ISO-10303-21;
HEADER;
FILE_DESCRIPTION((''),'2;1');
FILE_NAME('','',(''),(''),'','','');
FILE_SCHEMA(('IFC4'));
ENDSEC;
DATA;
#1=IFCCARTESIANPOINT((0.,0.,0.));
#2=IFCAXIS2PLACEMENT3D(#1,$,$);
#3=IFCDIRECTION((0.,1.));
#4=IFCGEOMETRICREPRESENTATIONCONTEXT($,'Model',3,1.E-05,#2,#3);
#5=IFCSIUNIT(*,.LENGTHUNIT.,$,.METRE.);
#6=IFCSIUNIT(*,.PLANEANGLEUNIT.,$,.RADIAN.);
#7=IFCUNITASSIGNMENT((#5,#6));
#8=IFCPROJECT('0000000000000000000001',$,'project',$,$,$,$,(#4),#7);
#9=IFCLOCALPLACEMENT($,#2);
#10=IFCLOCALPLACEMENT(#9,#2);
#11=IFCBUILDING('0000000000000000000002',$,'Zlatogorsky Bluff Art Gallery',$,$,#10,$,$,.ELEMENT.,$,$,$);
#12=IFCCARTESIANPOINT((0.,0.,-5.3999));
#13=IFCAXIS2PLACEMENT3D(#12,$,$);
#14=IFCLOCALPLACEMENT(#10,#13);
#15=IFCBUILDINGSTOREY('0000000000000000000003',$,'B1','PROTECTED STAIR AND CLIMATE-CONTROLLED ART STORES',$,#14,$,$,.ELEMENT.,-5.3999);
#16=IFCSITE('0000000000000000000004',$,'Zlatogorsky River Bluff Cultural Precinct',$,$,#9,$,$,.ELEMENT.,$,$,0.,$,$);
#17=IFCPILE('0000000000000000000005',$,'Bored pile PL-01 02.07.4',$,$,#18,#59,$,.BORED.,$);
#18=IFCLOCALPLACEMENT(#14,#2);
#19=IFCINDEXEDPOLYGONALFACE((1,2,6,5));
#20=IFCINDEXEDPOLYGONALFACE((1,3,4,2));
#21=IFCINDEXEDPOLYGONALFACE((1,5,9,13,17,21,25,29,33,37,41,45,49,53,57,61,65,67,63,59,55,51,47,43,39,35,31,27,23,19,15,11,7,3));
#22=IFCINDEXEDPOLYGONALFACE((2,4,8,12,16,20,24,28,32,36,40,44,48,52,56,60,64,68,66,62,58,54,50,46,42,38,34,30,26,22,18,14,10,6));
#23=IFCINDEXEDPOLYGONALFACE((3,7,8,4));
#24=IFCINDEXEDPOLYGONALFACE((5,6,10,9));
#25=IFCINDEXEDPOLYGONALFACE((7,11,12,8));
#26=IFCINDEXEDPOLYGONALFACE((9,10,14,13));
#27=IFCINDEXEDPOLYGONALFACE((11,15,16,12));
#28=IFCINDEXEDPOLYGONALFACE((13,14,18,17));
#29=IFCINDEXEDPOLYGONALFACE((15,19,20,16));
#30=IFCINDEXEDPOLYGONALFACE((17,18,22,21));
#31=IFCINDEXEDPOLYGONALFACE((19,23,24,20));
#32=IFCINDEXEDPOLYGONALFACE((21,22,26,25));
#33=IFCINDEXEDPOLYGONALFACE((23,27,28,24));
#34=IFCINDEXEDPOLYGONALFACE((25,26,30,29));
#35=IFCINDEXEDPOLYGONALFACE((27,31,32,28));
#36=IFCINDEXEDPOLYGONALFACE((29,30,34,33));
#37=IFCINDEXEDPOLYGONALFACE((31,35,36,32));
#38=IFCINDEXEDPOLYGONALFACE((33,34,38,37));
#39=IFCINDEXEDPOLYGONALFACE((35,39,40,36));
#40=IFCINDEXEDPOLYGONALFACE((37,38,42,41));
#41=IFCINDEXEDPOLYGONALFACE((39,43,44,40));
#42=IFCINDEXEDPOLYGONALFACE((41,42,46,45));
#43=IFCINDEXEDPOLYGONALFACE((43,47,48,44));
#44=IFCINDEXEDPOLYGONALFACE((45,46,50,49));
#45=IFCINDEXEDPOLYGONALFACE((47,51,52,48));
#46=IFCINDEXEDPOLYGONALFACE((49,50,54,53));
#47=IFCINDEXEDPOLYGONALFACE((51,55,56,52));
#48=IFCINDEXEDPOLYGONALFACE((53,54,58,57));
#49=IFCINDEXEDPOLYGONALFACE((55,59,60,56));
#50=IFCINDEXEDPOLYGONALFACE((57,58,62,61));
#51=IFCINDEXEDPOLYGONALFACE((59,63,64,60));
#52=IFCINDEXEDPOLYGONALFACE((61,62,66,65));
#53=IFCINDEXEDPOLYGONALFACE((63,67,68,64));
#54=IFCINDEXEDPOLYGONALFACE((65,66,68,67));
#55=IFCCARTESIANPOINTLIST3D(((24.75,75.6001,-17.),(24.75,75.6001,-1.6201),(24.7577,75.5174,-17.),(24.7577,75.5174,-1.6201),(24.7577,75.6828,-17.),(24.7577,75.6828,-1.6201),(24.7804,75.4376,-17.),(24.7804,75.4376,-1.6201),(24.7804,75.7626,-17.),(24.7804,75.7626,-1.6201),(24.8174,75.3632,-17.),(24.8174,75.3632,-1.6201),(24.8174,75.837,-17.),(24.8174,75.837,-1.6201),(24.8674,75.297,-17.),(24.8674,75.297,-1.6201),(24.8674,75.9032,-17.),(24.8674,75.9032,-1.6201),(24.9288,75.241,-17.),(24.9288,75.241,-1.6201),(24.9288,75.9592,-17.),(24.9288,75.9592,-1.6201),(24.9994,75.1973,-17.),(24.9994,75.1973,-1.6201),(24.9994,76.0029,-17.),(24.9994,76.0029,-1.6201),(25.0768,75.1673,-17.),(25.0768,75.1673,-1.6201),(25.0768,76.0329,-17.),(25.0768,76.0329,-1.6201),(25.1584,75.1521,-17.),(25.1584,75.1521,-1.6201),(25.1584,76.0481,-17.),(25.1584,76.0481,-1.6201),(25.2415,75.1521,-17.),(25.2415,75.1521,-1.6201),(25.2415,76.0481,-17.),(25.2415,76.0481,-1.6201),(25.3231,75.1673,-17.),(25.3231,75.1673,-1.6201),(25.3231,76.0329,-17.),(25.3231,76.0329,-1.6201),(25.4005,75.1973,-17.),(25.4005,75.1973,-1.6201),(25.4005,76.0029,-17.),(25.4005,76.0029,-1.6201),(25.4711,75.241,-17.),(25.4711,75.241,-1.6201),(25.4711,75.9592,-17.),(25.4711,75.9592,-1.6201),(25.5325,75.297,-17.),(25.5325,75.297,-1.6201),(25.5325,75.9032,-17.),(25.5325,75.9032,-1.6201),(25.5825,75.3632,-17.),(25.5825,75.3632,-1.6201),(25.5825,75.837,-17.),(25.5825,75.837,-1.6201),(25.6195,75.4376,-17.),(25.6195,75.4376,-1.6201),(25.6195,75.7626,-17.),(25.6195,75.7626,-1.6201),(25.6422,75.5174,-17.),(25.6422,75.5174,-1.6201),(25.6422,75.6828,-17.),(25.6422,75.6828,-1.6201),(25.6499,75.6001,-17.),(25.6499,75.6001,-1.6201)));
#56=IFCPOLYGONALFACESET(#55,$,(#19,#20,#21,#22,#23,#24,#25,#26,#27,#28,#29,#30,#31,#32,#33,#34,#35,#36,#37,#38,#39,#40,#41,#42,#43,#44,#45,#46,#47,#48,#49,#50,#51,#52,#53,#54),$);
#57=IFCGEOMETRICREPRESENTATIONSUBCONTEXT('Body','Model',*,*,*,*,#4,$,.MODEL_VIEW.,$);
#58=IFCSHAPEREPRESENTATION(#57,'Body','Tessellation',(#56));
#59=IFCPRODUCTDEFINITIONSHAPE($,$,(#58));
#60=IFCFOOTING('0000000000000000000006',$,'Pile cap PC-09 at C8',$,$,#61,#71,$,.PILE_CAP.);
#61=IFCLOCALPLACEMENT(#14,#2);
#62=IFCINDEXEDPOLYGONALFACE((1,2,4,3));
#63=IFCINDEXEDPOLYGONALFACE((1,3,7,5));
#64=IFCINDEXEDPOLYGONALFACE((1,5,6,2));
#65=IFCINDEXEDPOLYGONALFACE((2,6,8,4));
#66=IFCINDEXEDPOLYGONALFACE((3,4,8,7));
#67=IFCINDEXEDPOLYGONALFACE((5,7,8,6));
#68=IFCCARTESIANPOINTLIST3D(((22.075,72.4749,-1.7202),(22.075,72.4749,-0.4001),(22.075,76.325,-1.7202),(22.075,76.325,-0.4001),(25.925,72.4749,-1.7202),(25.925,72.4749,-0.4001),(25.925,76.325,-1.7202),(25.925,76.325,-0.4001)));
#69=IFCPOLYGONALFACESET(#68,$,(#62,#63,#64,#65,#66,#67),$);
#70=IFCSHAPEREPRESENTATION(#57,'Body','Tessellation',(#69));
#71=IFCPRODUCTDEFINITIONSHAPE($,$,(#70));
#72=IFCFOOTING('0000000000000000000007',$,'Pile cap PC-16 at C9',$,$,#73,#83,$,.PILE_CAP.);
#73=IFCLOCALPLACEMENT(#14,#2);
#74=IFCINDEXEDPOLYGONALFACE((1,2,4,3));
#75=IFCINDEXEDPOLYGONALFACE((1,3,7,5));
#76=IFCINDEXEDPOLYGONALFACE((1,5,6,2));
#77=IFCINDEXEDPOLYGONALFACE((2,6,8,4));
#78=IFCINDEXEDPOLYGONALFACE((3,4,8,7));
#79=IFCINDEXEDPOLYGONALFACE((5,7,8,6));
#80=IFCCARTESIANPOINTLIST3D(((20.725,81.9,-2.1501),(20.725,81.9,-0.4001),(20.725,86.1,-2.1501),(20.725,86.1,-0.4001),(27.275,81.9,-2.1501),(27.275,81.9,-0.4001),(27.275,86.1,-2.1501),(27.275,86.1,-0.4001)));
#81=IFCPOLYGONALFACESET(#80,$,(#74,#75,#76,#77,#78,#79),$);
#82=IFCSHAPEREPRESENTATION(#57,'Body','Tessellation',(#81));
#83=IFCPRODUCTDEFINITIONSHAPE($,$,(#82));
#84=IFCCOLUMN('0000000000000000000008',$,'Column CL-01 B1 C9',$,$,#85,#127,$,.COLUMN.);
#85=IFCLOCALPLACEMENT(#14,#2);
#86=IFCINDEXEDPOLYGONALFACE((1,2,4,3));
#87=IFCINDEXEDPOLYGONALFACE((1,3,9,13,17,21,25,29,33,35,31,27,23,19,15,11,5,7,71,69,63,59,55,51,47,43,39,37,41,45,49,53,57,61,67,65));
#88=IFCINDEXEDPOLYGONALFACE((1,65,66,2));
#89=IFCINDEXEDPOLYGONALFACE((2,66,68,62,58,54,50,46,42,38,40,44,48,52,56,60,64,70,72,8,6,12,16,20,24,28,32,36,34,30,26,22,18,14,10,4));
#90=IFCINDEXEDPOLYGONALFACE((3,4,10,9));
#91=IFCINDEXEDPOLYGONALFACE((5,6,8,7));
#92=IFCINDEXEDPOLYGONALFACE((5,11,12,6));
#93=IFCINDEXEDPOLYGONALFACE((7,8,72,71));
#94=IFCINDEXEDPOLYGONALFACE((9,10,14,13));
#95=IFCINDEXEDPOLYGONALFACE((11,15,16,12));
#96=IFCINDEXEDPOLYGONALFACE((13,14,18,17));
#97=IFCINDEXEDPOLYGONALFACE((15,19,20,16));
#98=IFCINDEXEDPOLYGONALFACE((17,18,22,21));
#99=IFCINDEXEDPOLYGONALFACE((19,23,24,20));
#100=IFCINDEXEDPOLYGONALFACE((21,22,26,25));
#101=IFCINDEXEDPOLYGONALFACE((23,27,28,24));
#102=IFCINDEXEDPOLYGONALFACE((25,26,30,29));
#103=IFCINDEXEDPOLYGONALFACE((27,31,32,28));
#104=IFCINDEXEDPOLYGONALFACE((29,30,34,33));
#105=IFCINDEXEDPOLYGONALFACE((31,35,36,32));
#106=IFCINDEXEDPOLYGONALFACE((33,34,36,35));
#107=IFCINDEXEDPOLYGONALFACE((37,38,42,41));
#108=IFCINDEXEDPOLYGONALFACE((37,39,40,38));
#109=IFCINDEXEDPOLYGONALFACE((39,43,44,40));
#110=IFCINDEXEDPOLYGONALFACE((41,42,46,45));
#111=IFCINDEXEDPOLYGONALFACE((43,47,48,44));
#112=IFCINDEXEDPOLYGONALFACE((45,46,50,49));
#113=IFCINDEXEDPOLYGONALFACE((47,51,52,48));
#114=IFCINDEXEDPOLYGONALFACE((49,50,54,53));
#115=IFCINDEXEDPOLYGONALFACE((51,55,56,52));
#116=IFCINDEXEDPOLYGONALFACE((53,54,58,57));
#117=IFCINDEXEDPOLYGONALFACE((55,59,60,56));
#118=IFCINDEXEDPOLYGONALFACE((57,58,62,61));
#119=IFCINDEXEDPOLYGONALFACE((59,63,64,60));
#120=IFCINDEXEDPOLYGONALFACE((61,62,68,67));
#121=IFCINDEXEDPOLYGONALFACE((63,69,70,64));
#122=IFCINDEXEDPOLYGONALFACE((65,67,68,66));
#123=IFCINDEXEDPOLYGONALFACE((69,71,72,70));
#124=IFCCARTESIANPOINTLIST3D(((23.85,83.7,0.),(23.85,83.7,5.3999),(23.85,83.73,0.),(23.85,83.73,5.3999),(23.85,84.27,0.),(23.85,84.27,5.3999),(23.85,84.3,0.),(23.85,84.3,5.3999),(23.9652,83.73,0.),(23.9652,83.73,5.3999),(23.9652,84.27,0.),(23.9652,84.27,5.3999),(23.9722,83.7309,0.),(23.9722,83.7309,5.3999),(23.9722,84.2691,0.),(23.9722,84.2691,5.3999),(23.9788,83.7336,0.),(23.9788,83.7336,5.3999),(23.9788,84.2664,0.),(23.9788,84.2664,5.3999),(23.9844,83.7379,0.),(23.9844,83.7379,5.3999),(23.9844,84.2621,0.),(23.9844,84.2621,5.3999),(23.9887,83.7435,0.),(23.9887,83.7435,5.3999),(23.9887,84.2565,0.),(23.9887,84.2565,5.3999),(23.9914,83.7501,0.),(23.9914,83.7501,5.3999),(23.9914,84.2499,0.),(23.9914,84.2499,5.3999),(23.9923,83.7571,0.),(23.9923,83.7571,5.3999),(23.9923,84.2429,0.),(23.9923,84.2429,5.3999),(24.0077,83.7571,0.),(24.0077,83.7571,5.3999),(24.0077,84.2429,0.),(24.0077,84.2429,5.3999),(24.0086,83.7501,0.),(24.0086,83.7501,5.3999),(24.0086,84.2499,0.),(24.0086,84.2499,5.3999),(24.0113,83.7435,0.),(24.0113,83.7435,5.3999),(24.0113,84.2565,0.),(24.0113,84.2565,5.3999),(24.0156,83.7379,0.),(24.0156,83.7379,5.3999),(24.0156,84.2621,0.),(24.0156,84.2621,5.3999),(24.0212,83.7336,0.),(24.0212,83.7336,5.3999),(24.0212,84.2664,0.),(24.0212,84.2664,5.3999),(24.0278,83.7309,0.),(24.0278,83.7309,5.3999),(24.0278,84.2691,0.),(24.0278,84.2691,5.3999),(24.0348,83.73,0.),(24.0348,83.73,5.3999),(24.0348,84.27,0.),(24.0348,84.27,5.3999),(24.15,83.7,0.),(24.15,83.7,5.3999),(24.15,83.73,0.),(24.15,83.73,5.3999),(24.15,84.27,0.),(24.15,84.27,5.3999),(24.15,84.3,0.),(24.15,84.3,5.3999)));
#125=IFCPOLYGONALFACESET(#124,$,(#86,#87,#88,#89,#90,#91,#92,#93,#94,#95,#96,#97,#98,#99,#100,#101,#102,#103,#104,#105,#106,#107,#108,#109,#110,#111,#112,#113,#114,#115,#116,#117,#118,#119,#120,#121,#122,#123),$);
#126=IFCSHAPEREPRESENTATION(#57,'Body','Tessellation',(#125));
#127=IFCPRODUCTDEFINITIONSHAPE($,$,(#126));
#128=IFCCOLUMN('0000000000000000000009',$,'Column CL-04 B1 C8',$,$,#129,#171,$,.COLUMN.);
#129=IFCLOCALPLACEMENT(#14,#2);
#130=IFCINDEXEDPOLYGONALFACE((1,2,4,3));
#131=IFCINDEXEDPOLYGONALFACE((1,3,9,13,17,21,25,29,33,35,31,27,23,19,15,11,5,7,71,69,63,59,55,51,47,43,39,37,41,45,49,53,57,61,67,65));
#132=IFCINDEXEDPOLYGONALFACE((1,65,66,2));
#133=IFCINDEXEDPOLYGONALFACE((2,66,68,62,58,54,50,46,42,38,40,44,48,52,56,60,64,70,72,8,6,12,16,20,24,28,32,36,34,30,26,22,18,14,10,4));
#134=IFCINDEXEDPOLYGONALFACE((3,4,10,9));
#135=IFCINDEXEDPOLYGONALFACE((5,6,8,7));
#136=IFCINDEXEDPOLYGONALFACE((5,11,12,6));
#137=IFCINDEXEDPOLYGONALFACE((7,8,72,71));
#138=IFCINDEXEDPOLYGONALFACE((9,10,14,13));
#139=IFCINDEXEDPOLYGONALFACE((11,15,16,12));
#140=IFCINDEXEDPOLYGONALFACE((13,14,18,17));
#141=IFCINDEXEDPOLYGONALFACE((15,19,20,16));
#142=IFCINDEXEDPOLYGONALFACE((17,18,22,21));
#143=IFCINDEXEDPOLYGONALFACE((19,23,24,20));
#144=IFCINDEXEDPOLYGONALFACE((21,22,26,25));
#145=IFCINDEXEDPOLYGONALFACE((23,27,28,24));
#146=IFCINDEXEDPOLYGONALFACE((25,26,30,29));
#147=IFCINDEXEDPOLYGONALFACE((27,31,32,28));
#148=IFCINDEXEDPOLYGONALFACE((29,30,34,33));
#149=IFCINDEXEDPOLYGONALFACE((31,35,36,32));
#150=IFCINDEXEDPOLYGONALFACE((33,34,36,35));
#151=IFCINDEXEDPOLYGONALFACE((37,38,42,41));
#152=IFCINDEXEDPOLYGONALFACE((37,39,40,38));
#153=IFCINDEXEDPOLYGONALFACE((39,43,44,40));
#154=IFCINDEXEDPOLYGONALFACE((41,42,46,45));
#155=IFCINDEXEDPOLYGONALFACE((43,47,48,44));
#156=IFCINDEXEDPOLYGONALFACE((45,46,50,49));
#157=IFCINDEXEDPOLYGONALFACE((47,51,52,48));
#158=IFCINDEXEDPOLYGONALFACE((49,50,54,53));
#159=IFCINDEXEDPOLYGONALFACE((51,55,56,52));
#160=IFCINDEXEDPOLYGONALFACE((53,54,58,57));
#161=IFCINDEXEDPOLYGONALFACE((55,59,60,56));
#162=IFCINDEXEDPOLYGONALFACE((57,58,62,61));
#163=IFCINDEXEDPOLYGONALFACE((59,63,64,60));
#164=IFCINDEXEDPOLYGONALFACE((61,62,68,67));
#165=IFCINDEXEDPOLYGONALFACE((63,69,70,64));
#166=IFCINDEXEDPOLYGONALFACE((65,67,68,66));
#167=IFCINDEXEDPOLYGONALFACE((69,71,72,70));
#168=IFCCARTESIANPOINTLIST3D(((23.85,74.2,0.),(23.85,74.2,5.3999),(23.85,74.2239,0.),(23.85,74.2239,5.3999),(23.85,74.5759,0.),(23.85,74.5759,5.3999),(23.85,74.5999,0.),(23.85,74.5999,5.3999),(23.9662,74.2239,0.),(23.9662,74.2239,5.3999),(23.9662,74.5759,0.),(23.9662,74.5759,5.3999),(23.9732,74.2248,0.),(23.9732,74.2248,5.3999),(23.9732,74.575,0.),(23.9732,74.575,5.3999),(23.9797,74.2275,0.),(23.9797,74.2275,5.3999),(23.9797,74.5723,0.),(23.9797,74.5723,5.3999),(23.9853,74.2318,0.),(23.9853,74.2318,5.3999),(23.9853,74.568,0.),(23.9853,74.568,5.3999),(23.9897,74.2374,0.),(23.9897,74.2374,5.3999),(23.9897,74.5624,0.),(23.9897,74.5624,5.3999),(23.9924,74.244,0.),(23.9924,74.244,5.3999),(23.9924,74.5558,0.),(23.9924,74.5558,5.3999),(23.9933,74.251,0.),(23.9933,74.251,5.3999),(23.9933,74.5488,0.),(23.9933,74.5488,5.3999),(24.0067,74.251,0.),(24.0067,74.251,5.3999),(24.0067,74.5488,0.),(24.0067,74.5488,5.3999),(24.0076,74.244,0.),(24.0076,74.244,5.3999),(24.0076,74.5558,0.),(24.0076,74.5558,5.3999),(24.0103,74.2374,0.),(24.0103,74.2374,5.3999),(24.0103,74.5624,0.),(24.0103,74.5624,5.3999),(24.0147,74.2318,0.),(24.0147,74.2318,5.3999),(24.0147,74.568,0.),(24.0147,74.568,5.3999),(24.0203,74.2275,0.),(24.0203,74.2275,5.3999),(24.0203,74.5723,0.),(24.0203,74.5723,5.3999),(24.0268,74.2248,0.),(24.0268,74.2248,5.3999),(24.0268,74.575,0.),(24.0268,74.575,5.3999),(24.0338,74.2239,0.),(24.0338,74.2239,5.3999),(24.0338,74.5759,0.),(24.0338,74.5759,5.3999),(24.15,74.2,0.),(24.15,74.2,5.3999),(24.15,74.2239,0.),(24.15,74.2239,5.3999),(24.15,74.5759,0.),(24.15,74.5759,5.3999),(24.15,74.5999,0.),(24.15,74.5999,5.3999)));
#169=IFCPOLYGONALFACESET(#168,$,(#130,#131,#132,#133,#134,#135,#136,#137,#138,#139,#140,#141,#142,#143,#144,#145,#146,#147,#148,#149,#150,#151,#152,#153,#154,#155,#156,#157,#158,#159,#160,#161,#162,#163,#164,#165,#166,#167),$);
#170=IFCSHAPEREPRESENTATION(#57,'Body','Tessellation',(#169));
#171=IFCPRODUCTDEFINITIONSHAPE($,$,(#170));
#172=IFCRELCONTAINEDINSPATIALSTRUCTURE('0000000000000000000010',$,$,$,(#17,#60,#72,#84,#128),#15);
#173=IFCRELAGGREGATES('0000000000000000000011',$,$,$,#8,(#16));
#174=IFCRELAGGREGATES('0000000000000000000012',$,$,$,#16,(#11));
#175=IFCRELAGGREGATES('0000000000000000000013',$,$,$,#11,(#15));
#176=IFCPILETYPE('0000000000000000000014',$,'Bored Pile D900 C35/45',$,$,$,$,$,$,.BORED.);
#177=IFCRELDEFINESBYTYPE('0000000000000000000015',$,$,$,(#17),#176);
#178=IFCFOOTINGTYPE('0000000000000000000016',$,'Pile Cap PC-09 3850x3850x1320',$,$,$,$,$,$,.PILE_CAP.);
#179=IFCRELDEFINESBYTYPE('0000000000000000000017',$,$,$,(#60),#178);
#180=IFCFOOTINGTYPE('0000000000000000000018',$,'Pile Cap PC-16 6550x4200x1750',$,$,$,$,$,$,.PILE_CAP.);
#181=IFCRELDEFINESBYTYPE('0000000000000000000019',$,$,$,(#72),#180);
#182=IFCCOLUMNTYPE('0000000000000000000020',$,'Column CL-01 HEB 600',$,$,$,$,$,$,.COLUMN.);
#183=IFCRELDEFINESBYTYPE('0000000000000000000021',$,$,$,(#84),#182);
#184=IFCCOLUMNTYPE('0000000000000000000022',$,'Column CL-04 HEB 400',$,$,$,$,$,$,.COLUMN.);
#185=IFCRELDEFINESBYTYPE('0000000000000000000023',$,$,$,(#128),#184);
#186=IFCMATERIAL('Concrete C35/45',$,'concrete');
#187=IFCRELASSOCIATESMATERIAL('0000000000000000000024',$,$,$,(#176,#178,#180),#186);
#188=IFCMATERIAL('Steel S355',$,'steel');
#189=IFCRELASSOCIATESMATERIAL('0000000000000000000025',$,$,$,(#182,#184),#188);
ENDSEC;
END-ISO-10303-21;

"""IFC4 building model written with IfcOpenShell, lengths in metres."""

from ifc_helpers import new_model, si_unit, direction, frame, origin, origin_2d, place, context, subcontext, project, spatial, rectangle, circle, i_section, extrude, material, material_profile, profile_set, type_object, element, save


model = new_model("IFC4")

# Units and contexts
model_context = context("Model", 3, precision=1e-05, world=origin(), true_north=direction((0.0, 1.0)))
body_context = subcontext(model_context, "Body", "Model", "MODEL_VIEW")
ifc_project = project(units=[si_unit("LENGTHUNIT", "METRE"), si_unit("PLANEANGLEUNIT", "RADIAN")], contexts=[model_context])

# Site, building, storey
site_placement = place(None, origin())
site = spatial("IfcSite", under=ifc_project, at=site_placement, Name="Zlatogorsky River Bluff Cultural Precinct", CompositionType="ELEMENT", RefElevation=0.0)
building_placement = place(site_placement, origin())
building = spatial("IfcBuilding", under=site, at=building_placement, Name="Zlatogorsky Bluff Art Gallery", CompositionType="ELEMENT")
storey_placement = place(building_placement, frame((0.0, 0.0, -5.3999)))
storey = spatial("IfcBuildingStorey", under=building, at=storey_placement, Name="B1", Description="PROTECTED STAIR AND CLIMATE-CONTROLLED ART STORES", CompositionType="ELEMENT", Elevation=-5.3999)

# Pile
ifc_material_1 = material(Name="Concrete C35/45", Category="concrete")
ifc_material_profile_1 = material_profile(ifc_material_1, circle(Radius=0.45, at=origin_2d()), Name="BORED PILE D900")
ifc_profile_set_1 = profile_set([ifc_material_profile_1], Name="Concrete C35/45")
pile_type_1 = type_object("IfcPileType", Name="Bored Pile D900 C35/45", PredefinedType="BORED", material=ifc_profile_set_1)
for number, where, z_axis, x_axis, name in (
    (1, (25.2, 75.6001, -1.6201), (0.0, 0.0, -1.0), (1.0, 0.0, 0.0), "Bored pile PL-01 02.07.4"),
):
    element("IfcPile", number, at=place(storey_placement, frame(where, z_axis=z_axis, x_axis=x_axis)), inside=storey, type_object=pile_type_1, Name=name, PredefinedType="BORED", context=body_context, shape_type="SweptSolid", body=[
        extrude(circle(Radius=0.45, at=origin_2d()), origin(), (0.0, 0.0, 1.0), 15.3799),
    ])

# Footings
footing_type_1 = type_object("IfcFootingType", Name="Pile Cap PC-09 3850x3850x1320", PredefinedType="PILE_CAP", material=ifc_material_1)
footing_1_placement = place(storey_placement, frame((24.0, 74.3999, -1.7202), z_axis=(0.0, 0.0, 1.0), x_axis=(1.0, 0.0, 0.0)))
element("IfcFooting", 2, at=footing_1_placement, inside=storey, type_object=footing_type_1, Name="Pile cap PC-09 at C8", PredefinedType="PILE_CAP", context=body_context, shape_type="SweptSolid", body=[
    extrude(rectangle(XDim=3.8501, YDim=3.8501, at=origin_2d()), origin(), (0.0, 0.0, 1.0), 1.3201),
])
footing_type_2 = type_object("IfcFootingType", Name="Pile Cap PC-16 6550x4200x1750", PredefinedType="PILE_CAP", material=ifc_material_1)
footing_2_placement = place(storey_placement, frame((24.0, 84.0, -2.1501), z_axis=(0.0, 0.0, 1.0), x_axis=(1.0, 0.0, 0.0)))
element("IfcFooting", 3, at=footing_2_placement, inside=storey, type_object=footing_type_2, Name="Pile cap PC-16 at C9", PredefinedType="PILE_CAP", context=body_context, shape_type="SweptSolid", body=[
    extrude(rectangle(XDim=6.55, YDim=4.2, at=origin_2d()), origin(), (0.0, 0.0, 1.0), 1.75),
])

# Columns
ifc_material_2 = material(Name="Steel S355", Category="steel")
ifc_material_profile_2 = material_profile(ifc_material_2, i_section(OverallWidth=0.3, OverallDepth=0.6001, WebThickness=0.0154, FlangeThickness=0.03, FilletRadius=0.0271, at=origin_2d()), Name="HEB 600")
ifc_profile_set_2 = profile_set([ifc_material_profile_2], Name="Steel S355")
column_type_1 = type_object("IfcColumnType", Name="Column CL-01 HEB 600", PredefinedType="COLUMN", material=ifc_profile_set_2)
column_1_placement = place(storey_placement, frame((24.0, 84.0, 0.0), z_axis=(0.0, 0.0, 1.0), x_axis=(1.0, 0.0, 0.0)))
element("IfcColumn", 4, at=column_1_placement, inside=storey, type_object=column_type_1, Name="Column CL-01 B1 C9", PredefinedType="COLUMN", context=body_context, shape_type="SweptSolid", body=[
    extrude(i_section(OverallWidth=0.3, OverallDepth=0.6001, WebThickness=0.0154, FlangeThickness=0.03, FilletRadius=0.0271, at=origin_2d()), origin(), (0.0, 0.0, 1.0), 5.3999),
])
ifc_material_profile_3 = material_profile(ifc_material_2, i_section(OverallWidth=0.3, OverallDepth=0.3999, WebThickness=0.0134, FlangeThickness=0.0239, FilletRadius=0.0271, at=origin_2d()), Name="HEB 400")
ifc_profile_set_3 = profile_set([ifc_material_profile_3], Name="Steel S355")
column_type_2 = type_object("IfcColumnType", Name="Column CL-04 HEB 400", PredefinedType="COLUMN", material=ifc_profile_set_3)
column_2_placement = place(storey_placement, frame((24.0, 74.3999, 0.0), z_axis=(0.0, 0.0, 1.0), x_axis=(1.0, 0.0, 0.0)))
element("IfcColumn", 5, at=column_2_placement, inside=storey, type_object=column_type_2, Name="Column CL-04 B1 C8", PredefinedType="COLUMN", context=body_context, shape_type="SweptSolid", body=[
    extrude(i_section(OverallWidth=0.3, OverallDepth=0.3999, WebThickness=0.0134, FlangeThickness=0.0239, FilletRadius=0.0271, at=origin_2d()), origin(), (0.0, 0.0, 1.0), 5.3999),
])

save(model, "model.ifc")
